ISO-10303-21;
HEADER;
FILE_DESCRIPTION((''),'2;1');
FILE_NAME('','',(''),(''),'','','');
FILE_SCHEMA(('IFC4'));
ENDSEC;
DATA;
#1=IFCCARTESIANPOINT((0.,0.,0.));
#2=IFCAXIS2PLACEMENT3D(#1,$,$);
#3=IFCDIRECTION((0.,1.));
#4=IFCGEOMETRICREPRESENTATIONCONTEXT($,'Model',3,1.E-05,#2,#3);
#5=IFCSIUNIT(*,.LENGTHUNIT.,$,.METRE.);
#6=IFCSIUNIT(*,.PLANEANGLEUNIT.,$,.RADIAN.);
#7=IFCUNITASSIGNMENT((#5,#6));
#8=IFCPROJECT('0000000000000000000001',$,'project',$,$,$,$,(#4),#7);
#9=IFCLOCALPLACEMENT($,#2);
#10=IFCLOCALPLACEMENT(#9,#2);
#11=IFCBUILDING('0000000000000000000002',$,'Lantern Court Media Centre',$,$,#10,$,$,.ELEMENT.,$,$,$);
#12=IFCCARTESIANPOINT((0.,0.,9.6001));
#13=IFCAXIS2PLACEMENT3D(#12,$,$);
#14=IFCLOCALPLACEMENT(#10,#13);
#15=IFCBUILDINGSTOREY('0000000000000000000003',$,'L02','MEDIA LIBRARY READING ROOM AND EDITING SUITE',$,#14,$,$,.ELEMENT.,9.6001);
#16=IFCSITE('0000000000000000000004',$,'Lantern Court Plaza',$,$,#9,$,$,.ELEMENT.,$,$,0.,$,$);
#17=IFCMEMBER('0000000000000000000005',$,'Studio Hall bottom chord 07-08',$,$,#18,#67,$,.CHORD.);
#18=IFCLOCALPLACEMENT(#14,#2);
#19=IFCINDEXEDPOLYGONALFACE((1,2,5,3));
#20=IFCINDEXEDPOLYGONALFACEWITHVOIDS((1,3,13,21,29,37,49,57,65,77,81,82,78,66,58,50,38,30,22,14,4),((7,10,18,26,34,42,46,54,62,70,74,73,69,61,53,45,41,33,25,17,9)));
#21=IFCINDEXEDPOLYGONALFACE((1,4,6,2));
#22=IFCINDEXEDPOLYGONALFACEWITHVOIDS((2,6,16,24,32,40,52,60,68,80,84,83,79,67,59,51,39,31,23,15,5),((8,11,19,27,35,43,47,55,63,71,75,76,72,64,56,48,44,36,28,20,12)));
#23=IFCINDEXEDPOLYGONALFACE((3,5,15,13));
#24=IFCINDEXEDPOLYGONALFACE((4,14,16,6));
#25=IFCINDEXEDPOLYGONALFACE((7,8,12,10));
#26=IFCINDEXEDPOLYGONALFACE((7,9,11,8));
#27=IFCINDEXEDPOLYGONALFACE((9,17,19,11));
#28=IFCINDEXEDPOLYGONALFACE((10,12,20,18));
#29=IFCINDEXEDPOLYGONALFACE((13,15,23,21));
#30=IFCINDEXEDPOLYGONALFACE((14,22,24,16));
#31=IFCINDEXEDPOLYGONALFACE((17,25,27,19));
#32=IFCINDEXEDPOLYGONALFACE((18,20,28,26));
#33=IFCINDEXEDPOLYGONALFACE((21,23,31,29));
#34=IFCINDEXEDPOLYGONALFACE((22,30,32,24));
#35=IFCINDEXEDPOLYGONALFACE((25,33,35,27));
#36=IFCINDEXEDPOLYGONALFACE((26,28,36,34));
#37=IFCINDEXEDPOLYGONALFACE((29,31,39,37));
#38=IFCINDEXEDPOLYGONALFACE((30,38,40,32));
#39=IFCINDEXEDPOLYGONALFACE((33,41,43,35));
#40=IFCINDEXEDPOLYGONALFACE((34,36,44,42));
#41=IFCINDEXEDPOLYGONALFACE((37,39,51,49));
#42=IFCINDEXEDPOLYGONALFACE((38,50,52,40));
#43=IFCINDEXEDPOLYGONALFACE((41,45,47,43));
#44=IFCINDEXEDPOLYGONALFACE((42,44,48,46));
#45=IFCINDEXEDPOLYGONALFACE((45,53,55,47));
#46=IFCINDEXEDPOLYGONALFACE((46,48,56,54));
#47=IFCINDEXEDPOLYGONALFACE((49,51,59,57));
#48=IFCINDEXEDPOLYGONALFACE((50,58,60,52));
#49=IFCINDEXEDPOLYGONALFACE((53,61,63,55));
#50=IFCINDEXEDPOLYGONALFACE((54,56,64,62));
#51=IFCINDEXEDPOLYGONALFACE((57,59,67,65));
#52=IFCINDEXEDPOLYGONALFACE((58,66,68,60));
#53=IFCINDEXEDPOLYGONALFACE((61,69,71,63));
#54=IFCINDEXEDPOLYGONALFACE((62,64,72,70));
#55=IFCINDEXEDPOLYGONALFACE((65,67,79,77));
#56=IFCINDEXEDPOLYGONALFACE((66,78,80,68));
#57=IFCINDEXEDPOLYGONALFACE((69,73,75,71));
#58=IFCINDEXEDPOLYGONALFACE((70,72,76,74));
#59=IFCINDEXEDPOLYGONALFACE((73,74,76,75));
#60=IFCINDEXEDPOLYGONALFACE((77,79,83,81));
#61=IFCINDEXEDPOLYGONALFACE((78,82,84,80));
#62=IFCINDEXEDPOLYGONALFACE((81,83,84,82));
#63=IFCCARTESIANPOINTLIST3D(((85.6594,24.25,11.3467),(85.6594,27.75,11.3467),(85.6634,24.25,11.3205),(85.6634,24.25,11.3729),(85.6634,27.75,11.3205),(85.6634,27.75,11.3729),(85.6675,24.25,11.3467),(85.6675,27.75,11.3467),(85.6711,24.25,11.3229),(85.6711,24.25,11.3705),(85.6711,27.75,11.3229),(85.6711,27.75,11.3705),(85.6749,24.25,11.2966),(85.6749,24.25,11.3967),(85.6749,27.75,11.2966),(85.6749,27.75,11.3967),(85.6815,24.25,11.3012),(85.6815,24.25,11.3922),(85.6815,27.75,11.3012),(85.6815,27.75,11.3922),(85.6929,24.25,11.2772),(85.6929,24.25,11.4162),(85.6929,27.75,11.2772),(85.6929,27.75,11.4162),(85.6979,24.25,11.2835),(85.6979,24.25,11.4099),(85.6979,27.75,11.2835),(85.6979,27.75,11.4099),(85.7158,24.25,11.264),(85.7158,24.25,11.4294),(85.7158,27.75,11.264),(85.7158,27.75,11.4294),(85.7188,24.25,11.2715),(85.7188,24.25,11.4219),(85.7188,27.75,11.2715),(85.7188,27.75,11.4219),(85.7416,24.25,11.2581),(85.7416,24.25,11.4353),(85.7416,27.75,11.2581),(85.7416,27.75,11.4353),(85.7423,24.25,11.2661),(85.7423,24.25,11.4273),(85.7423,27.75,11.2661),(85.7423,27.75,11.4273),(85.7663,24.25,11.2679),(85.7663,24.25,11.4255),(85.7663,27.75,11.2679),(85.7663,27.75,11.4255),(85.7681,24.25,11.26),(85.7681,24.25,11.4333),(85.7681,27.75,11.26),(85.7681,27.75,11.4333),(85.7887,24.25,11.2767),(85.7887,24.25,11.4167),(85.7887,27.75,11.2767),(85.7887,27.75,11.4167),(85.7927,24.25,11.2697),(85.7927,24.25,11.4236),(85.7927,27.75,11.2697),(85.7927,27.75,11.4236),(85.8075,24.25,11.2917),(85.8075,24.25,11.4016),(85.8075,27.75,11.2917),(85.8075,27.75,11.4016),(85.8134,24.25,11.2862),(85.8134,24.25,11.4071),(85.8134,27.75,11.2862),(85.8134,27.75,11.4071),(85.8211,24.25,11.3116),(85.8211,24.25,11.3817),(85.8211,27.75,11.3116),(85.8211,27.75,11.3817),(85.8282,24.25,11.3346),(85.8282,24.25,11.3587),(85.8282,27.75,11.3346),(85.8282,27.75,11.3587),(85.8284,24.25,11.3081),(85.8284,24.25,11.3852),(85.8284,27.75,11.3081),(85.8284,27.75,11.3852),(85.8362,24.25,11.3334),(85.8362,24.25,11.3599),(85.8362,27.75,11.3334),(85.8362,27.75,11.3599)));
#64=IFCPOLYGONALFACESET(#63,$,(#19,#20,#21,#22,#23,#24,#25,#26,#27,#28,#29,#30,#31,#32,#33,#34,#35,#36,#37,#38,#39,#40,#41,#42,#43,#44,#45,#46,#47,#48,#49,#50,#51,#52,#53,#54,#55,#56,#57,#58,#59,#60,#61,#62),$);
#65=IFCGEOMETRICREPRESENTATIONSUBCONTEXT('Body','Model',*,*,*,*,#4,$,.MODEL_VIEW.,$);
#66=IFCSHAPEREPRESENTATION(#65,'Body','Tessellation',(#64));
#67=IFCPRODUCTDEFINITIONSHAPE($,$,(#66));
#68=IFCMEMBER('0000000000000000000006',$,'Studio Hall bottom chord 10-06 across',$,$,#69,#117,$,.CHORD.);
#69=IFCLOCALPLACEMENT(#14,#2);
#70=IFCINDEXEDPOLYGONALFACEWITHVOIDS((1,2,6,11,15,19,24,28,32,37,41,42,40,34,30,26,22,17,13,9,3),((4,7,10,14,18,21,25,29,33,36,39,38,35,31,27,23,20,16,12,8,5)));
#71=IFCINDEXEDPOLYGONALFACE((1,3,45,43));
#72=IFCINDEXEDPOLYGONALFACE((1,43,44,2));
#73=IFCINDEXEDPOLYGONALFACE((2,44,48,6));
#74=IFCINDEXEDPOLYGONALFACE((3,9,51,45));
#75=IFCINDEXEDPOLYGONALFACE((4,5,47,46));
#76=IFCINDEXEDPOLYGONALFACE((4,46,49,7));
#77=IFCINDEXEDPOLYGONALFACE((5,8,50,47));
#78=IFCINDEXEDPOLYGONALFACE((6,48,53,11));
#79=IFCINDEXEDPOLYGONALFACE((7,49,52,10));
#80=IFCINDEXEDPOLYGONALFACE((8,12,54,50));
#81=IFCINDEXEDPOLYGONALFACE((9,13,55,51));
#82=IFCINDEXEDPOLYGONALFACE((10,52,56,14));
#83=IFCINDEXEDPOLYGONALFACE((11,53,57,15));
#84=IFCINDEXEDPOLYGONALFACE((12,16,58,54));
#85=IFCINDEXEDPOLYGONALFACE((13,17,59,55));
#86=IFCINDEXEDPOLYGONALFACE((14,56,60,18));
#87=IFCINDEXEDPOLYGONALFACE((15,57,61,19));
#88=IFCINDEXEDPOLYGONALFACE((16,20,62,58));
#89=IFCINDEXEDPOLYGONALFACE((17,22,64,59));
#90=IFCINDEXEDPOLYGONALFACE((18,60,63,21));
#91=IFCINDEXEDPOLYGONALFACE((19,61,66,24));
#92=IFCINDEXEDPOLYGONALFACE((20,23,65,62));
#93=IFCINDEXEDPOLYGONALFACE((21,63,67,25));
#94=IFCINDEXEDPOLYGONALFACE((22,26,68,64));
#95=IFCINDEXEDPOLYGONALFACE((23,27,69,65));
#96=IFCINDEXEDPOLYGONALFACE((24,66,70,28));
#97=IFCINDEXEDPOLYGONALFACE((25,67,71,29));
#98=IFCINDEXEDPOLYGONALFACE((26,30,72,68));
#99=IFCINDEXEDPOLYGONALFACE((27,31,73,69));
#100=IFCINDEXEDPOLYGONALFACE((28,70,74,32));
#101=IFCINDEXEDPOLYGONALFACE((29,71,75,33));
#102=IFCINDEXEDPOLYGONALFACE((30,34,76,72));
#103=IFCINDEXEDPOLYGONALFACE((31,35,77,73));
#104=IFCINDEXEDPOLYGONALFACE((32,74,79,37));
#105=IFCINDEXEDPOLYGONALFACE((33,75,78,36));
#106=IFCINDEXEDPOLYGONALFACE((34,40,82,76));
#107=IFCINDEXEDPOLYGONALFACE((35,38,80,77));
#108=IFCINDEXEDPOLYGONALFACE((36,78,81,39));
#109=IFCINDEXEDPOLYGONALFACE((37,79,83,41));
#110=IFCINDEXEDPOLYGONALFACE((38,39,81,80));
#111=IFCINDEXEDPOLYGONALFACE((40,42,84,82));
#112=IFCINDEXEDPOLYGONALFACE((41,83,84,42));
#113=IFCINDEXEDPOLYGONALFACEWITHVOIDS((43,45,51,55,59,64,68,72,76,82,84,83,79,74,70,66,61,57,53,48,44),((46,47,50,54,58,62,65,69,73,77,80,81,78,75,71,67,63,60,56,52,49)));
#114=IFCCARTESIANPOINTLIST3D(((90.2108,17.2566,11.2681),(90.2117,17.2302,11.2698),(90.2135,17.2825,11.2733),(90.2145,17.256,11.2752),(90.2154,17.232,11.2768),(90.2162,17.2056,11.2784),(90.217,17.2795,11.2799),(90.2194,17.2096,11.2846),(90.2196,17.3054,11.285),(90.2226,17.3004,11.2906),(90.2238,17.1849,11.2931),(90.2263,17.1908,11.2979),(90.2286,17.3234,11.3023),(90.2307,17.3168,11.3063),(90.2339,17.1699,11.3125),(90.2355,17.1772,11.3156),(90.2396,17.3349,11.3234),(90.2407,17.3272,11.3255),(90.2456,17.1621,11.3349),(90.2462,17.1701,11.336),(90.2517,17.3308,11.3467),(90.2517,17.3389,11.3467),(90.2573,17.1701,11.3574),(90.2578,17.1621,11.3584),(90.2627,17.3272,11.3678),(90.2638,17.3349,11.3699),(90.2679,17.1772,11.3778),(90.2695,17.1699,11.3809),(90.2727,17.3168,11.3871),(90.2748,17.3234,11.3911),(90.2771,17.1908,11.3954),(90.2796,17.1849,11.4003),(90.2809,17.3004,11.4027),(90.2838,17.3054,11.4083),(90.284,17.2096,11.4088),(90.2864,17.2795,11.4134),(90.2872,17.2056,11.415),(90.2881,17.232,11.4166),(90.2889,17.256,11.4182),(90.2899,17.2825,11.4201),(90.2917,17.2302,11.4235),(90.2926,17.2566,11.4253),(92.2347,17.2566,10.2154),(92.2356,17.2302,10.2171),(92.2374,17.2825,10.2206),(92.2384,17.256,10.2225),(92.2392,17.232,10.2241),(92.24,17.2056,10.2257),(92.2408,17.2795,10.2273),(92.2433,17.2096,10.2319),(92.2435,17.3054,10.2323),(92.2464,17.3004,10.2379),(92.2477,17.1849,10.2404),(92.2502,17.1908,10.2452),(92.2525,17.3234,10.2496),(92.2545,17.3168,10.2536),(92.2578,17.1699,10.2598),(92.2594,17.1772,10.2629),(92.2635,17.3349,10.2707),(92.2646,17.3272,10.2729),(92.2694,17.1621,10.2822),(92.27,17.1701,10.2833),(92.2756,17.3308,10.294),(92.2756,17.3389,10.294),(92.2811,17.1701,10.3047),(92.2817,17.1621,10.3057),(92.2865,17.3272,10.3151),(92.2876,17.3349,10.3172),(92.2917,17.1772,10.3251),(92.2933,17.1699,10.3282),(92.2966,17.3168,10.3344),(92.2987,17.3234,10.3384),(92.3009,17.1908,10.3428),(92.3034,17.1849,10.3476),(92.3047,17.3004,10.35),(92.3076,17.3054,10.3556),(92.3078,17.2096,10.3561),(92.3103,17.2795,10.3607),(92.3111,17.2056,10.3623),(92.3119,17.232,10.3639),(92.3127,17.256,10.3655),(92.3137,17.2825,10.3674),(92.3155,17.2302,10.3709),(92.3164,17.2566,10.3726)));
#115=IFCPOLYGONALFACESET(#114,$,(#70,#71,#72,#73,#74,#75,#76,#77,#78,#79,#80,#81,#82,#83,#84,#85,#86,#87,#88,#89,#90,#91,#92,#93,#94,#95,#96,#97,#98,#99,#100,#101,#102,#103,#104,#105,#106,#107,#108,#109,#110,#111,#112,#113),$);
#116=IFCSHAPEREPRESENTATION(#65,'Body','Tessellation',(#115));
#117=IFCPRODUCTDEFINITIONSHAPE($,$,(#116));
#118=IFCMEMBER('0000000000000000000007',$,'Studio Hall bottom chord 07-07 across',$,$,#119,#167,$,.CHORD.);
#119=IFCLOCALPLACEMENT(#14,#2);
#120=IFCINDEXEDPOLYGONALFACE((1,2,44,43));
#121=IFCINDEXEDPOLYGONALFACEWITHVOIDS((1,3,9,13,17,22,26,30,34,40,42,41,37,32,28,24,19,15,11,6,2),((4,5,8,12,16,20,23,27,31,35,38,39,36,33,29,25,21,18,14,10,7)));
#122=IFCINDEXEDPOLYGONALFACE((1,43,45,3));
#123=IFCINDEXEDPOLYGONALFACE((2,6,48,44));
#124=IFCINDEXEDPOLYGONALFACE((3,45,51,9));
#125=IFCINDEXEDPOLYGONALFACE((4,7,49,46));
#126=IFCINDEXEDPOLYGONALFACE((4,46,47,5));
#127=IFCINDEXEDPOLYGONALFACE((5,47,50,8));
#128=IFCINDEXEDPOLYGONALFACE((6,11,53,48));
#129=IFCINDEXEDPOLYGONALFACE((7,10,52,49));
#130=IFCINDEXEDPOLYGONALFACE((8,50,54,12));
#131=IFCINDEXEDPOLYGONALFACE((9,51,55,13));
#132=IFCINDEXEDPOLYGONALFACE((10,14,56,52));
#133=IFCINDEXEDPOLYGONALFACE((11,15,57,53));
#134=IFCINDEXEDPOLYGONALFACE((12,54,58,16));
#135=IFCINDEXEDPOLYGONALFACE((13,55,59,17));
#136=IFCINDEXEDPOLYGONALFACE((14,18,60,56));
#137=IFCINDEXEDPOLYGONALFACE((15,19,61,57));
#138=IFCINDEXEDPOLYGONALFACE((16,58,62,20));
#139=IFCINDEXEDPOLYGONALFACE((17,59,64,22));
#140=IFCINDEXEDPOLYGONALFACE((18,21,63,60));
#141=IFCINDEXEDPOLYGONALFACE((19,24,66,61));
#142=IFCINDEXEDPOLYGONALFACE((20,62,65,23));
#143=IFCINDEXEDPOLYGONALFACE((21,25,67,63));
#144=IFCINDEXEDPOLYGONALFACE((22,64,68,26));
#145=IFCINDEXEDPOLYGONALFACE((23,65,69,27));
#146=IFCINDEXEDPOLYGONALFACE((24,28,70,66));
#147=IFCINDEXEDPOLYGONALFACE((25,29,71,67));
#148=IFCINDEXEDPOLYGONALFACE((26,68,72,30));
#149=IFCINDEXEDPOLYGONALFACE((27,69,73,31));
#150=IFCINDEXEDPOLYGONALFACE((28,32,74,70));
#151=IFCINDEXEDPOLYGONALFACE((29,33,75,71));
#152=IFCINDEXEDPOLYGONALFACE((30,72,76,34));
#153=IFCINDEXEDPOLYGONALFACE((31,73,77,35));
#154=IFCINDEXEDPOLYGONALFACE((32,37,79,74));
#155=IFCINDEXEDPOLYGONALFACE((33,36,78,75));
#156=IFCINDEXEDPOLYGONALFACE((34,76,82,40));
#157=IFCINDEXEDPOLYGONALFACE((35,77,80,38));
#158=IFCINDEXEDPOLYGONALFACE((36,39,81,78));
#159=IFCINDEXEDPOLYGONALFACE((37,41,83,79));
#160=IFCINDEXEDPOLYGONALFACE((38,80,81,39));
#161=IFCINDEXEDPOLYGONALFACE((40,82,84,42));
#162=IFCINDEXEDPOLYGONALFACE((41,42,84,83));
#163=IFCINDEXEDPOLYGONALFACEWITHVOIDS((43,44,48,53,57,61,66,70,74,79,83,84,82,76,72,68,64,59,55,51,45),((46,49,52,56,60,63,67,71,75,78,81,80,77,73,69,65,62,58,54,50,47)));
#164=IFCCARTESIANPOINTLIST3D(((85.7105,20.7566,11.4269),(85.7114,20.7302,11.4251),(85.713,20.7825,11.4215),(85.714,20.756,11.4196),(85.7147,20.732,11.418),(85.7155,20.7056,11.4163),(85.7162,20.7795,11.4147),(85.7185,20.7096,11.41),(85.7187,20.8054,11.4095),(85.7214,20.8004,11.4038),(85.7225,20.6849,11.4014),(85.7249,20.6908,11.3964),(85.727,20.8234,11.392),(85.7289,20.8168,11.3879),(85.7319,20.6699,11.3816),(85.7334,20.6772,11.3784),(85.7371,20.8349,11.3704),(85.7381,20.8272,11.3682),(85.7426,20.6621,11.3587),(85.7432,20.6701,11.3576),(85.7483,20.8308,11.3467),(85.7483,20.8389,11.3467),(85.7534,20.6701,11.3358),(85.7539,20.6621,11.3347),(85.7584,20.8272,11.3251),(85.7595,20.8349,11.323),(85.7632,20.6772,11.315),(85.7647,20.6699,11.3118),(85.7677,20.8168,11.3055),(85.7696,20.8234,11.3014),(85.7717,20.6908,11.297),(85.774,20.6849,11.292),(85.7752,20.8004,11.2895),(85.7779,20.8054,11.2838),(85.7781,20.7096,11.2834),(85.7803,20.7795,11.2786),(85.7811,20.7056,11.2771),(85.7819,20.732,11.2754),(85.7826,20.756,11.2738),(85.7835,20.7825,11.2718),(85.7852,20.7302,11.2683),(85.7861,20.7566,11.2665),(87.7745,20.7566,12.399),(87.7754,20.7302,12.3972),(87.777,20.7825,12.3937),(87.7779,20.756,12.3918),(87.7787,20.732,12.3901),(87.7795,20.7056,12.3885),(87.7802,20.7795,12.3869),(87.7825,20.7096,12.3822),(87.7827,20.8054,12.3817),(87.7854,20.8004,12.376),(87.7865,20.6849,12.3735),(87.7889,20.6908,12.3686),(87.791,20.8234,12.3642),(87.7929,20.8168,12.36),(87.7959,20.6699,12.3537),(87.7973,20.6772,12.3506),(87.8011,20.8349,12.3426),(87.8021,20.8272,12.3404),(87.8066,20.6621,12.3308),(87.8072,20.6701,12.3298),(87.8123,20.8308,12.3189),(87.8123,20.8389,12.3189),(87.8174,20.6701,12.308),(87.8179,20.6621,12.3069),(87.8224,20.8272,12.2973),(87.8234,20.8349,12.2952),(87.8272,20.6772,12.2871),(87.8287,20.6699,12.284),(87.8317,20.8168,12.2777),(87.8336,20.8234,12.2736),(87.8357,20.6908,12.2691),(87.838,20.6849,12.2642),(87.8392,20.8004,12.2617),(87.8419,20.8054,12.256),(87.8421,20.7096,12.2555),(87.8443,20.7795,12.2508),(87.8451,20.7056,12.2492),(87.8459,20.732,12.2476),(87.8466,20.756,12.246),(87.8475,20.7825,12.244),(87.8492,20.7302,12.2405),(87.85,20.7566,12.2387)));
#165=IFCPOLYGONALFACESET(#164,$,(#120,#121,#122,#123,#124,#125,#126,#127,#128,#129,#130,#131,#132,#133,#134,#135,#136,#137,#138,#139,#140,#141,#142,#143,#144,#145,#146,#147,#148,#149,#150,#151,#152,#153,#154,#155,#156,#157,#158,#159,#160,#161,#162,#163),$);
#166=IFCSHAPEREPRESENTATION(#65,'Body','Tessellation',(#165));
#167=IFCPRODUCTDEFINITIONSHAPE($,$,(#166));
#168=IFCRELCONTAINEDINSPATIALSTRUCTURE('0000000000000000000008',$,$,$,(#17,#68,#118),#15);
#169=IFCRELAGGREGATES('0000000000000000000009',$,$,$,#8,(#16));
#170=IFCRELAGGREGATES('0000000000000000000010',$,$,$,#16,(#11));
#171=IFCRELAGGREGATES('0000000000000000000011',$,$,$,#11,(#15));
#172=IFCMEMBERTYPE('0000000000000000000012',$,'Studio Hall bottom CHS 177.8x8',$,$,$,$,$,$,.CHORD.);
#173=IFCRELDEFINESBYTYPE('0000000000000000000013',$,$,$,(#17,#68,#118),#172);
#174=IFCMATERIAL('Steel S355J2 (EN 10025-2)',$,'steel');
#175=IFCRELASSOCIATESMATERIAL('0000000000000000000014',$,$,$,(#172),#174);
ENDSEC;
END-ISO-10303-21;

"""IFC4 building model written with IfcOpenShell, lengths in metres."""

from ifc_helpers import new_model, si_unit, direction, frame, origin, origin_2d, place, context, subcontext, project, spatial, hollow_circle, extrude, material, material_profile, profile_set, type_object, element, save


model = new_model("IFC4")

# Units and contexts
model_context = context("Model", 3, precision=1e-05, world=origin(), true_north=direction((0.0, 1.0)))
body_context = subcontext(model_context, "Body", "Model", "MODEL_VIEW")
ifc_project = project(units=[si_unit("LENGTHUNIT", "METRE"), si_unit("PLANEANGLEUNIT", "RADIAN")], contexts=[model_context])

# Site, building, storey
site_placement = place(None, origin())
site = spatial("IfcSite", under=ifc_project, at=site_placement, Name="Lantern Court Plaza", CompositionType="ELEMENT", RefElevation=0.0)
building_placement = place(site_placement, origin())
building = spatial("IfcBuilding", under=site, at=building_placement, Name="Lantern Court Media Centre", CompositionType="ELEMENT")
storey_placement = place(building_placement, frame((0.0, 0.0, 9.6001)))
storey = spatial("IfcBuildingStorey", under=building, at=storey_placement, Name="L02", Description="MEDIA LIBRARY READING ROOM AND EDITING SUITE", CompositionType="ELEMENT", Elevation=9.6001)

# Members
ifc_material = material(Name="Steel S355J2 (EN 10025-2)", Category="steel")
ifc_material_profile_1 = material_profile(ifc_material, hollow_circle(Radius=0.0889, WallThickness=0.0081, at=origin_2d()), Name="Studio Hall bottom CHS 177.8x8")
ifc_profile_set_1 = profile_set([ifc_material_profile_1], Name="Steel S355J2 (EN 10025-2)")
member_type_1 = type_object("IfcMemberType", Name="Studio Hall bottom CHS 177.8x8", PredefinedType="CHORD", material=ifc_profile_set_1)
for number, where, z_axis, x_axis, name in (
    (1, (85.7483, 24.25, 11.3467), (0.0, 1.0, 0.0), (-1.0, 0.0, 0.0), "Studio Hall bottom chord 07-08"),
):
    element("IfcMember", number, at=place(storey_placement, frame(where, z_axis=z_axis, x_axis=x_axis)), inside=storey, type_object=member_type_1, Name=name, PredefinedType="CHORD", context=body_context, shape_type="SweptSolid", body=[
        extrude(hollow_circle(Radius=0.0889, WallThickness=0.0081, at=origin_2d()), origin(), (0.0, 0.0, 1.0), 3.5),
    ])
member_1_placement = place(storey_placement, frame((90.2517, 17.25, 11.3467), z_axis=(0.887164, 0.0, -0.461454), x_axis=(0.0, 1.0, 0.0)))
element("IfcMember", 2, at=member_1_placement, inside=storey, type_object=member_type_1, Name="Studio Hall bottom chord 10-06 across", PredefinedType="CHORD", context=body_context, shape_type="SweptSolid", body=[
    extrude(hollow_circle(Radius=0.0889, WallThickness=0.0081, at=origin_2d()), origin(), (0.0, 0.0, 1.0), 2.2812),
])
member_2_placement = place(storey_placement, frame((85.7483, 20.75, 11.3467), z_axis=(0.904668, 0.0, 0.426117), x_axis=(0.0, 1.0, 0.0)))
element("IfcMember", 3, at=member_2_placement, inside=storey, type_object=member_type_1, Name="Studio Hall bottom chord 07-07 across", PredefinedType="CHORD", context=body_context, shape_type="SweptSolid", body=[
    extrude(hollow_circle(Radius=0.0889, WallThickness=0.0081, at=origin_2d()), origin(), (0.0, 0.0, 1.0), 2.2815),
])

save(model, "model.ifc")
